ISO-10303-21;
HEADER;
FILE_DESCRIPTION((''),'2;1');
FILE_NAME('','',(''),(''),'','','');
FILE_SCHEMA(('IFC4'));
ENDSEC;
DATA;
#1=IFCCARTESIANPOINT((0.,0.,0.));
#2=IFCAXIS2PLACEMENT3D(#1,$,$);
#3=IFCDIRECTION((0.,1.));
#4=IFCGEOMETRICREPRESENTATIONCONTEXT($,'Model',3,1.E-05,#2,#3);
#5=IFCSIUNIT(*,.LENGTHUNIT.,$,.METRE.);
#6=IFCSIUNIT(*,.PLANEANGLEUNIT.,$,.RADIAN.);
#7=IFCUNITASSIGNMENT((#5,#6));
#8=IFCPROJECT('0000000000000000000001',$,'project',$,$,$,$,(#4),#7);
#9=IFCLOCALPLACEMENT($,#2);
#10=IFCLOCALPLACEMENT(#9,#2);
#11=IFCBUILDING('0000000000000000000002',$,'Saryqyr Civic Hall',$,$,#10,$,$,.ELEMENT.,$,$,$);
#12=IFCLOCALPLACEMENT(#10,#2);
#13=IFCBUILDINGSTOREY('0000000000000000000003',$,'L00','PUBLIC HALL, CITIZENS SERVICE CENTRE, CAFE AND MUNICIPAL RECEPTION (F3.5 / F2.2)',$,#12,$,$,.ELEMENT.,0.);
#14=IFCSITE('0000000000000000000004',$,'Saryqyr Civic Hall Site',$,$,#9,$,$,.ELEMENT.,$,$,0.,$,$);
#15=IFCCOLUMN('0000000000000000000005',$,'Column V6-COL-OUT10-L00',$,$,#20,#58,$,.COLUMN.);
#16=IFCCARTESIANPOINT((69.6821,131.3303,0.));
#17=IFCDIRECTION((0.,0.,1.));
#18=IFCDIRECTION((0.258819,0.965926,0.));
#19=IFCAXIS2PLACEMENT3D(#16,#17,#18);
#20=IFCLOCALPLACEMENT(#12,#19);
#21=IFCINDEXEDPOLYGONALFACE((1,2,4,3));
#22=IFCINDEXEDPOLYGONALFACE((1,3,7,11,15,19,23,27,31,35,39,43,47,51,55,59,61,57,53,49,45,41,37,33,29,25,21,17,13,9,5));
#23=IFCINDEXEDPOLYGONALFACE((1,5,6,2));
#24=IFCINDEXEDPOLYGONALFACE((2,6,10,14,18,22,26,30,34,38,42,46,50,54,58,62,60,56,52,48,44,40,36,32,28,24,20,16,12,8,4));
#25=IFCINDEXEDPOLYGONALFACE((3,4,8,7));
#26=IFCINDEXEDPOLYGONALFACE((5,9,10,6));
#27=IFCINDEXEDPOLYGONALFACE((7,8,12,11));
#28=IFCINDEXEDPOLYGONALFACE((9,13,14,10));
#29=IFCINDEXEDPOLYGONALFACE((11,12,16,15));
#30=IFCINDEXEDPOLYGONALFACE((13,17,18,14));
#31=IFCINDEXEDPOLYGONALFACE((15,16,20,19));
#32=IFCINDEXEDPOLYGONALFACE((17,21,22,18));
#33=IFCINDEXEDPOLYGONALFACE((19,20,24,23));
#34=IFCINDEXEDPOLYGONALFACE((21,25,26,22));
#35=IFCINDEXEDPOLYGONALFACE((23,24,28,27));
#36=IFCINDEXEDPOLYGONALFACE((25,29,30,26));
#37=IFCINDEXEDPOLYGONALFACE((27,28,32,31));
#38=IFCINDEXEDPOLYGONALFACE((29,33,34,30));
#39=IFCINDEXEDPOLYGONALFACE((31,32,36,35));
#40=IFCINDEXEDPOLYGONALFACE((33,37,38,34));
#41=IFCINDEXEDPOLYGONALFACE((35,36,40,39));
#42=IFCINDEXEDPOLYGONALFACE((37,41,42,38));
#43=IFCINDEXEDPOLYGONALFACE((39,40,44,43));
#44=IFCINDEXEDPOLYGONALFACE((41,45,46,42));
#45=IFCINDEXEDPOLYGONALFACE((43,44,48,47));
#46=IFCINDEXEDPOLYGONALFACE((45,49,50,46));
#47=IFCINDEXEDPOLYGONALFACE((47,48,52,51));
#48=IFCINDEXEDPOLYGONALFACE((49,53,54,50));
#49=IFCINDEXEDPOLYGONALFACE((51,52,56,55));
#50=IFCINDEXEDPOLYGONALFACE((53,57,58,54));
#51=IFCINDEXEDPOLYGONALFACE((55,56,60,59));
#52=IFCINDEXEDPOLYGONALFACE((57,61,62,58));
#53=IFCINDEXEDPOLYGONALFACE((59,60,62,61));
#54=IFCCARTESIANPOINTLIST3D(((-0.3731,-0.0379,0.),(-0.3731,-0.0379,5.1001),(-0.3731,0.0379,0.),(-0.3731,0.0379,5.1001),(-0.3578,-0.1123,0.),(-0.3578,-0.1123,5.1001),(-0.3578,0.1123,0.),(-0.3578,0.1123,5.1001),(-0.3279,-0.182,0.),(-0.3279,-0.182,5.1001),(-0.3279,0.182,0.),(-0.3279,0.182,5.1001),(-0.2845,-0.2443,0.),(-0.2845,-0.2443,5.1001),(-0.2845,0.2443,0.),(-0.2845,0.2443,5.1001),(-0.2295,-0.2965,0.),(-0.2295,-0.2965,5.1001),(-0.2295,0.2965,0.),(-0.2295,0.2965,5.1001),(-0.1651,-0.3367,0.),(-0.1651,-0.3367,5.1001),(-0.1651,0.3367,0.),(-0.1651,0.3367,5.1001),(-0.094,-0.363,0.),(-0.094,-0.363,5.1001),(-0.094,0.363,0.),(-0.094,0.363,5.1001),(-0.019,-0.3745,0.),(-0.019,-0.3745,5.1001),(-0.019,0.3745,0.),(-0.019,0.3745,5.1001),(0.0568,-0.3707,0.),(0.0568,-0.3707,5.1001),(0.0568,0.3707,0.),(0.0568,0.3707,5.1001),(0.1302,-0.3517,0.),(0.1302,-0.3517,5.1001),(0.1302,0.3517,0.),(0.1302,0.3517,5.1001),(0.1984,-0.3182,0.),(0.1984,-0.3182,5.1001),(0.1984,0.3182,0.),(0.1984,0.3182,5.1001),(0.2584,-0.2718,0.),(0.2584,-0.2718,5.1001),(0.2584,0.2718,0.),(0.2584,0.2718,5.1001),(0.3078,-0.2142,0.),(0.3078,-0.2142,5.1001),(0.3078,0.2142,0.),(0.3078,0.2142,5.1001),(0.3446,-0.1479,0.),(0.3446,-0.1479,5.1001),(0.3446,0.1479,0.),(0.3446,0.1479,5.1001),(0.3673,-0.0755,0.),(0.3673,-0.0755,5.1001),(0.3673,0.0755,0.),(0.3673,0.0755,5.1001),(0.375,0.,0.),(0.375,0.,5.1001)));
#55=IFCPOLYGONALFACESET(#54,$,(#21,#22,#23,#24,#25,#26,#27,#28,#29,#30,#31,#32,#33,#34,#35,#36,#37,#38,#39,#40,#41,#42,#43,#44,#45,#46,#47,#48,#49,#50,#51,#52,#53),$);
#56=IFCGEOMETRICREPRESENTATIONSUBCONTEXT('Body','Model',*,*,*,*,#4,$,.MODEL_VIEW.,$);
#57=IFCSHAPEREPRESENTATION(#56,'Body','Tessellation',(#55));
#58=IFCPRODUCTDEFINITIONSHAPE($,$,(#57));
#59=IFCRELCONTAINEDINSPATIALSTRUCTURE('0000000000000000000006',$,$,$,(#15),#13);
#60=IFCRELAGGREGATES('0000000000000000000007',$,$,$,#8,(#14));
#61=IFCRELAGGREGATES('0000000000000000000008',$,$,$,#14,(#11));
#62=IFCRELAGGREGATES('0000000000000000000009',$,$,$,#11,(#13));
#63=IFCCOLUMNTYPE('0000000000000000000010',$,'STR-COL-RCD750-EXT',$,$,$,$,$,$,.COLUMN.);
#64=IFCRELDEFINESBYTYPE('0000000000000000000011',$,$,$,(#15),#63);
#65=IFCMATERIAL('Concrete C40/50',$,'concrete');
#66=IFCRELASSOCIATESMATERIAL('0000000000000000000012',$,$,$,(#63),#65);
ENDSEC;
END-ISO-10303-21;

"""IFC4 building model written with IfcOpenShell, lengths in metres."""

from ifc_helpers import new_model, si_unit, direction, frame, origin, origin_2d, place, context, subcontext, project, spatial, circle, extrude, material, material_profile, profile_set, type_object, element, save


model = new_model("IFC4")

# Units and contexts
model_context = context("Model", 3, precision=1e-05, world=origin(), true_north=direction((0.0, 1.0)))
body_context = subcontext(model_context, "Body", "Model", "MODEL_VIEW")
ifc_project = project(units=[si_unit("LENGTHUNIT", "METRE"), si_unit("PLANEANGLEUNIT", "RADIAN")], contexts=[model_context])

# Site, building, storey
site_placement = place(None, origin())
site = spatial("IfcSite", under=ifc_project, at=site_placement, Name="Saryqyr Civic Hall Site", CompositionType="ELEMENT", RefElevation=0.0)
building_placement = place(site_placement, origin())
building = spatial("IfcBuilding", under=site, at=building_placement, Name="Saryqyr Civic Hall", CompositionType="ELEMENT")
storey_placement = place(building_placement, origin())
storey = spatial("IfcBuildingStorey", under=building, at=storey_placement, Name="L00", Description="PUBLIC HALL, CITIZENS SERVICE CENTRE, CAFE AND MUNICIPAL RECEPTION (F3.5 / F2.2)", CompositionType="ELEMENT", Elevation=0.0)

# Column
ifc_material_1 = material(Name="Concrete C40/50", Category="concrete")
ifc_material_profile_1 = material_profile(ifc_material_1, circle(Radius=0.375, at=origin_2d()), Name="RC D750")
ifc_profile_set_1 = profile_set([ifc_material_profile_1], Name="Concrete C40/50")
column_type_1 = type_object("IfcColumnType", Name="STR-COL-RCD750-EXT", PredefinedType="COLUMN", material=ifc_profile_set_1)
column_1_placement = place(storey_placement, frame((69.6821, 131.3303, 0.0), z_axis=(0.0, 0.0, 1.0), x_axis=(0.258819, 0.965926, 0.0)))
element("IfcColumn", 1, at=column_1_placement, inside=storey, type_object=column_type_1, Name="Column V6-COL-OUT10-L00", PredefinedType="COLUMN", context=body_context, shape_type="SweptSolid", body=[
    extrude(circle(Radius=0.375, at=origin_2d()), origin(), (0.0, 0.0, 1.0), 5.1001),
])

save(model, "model.ifc")
